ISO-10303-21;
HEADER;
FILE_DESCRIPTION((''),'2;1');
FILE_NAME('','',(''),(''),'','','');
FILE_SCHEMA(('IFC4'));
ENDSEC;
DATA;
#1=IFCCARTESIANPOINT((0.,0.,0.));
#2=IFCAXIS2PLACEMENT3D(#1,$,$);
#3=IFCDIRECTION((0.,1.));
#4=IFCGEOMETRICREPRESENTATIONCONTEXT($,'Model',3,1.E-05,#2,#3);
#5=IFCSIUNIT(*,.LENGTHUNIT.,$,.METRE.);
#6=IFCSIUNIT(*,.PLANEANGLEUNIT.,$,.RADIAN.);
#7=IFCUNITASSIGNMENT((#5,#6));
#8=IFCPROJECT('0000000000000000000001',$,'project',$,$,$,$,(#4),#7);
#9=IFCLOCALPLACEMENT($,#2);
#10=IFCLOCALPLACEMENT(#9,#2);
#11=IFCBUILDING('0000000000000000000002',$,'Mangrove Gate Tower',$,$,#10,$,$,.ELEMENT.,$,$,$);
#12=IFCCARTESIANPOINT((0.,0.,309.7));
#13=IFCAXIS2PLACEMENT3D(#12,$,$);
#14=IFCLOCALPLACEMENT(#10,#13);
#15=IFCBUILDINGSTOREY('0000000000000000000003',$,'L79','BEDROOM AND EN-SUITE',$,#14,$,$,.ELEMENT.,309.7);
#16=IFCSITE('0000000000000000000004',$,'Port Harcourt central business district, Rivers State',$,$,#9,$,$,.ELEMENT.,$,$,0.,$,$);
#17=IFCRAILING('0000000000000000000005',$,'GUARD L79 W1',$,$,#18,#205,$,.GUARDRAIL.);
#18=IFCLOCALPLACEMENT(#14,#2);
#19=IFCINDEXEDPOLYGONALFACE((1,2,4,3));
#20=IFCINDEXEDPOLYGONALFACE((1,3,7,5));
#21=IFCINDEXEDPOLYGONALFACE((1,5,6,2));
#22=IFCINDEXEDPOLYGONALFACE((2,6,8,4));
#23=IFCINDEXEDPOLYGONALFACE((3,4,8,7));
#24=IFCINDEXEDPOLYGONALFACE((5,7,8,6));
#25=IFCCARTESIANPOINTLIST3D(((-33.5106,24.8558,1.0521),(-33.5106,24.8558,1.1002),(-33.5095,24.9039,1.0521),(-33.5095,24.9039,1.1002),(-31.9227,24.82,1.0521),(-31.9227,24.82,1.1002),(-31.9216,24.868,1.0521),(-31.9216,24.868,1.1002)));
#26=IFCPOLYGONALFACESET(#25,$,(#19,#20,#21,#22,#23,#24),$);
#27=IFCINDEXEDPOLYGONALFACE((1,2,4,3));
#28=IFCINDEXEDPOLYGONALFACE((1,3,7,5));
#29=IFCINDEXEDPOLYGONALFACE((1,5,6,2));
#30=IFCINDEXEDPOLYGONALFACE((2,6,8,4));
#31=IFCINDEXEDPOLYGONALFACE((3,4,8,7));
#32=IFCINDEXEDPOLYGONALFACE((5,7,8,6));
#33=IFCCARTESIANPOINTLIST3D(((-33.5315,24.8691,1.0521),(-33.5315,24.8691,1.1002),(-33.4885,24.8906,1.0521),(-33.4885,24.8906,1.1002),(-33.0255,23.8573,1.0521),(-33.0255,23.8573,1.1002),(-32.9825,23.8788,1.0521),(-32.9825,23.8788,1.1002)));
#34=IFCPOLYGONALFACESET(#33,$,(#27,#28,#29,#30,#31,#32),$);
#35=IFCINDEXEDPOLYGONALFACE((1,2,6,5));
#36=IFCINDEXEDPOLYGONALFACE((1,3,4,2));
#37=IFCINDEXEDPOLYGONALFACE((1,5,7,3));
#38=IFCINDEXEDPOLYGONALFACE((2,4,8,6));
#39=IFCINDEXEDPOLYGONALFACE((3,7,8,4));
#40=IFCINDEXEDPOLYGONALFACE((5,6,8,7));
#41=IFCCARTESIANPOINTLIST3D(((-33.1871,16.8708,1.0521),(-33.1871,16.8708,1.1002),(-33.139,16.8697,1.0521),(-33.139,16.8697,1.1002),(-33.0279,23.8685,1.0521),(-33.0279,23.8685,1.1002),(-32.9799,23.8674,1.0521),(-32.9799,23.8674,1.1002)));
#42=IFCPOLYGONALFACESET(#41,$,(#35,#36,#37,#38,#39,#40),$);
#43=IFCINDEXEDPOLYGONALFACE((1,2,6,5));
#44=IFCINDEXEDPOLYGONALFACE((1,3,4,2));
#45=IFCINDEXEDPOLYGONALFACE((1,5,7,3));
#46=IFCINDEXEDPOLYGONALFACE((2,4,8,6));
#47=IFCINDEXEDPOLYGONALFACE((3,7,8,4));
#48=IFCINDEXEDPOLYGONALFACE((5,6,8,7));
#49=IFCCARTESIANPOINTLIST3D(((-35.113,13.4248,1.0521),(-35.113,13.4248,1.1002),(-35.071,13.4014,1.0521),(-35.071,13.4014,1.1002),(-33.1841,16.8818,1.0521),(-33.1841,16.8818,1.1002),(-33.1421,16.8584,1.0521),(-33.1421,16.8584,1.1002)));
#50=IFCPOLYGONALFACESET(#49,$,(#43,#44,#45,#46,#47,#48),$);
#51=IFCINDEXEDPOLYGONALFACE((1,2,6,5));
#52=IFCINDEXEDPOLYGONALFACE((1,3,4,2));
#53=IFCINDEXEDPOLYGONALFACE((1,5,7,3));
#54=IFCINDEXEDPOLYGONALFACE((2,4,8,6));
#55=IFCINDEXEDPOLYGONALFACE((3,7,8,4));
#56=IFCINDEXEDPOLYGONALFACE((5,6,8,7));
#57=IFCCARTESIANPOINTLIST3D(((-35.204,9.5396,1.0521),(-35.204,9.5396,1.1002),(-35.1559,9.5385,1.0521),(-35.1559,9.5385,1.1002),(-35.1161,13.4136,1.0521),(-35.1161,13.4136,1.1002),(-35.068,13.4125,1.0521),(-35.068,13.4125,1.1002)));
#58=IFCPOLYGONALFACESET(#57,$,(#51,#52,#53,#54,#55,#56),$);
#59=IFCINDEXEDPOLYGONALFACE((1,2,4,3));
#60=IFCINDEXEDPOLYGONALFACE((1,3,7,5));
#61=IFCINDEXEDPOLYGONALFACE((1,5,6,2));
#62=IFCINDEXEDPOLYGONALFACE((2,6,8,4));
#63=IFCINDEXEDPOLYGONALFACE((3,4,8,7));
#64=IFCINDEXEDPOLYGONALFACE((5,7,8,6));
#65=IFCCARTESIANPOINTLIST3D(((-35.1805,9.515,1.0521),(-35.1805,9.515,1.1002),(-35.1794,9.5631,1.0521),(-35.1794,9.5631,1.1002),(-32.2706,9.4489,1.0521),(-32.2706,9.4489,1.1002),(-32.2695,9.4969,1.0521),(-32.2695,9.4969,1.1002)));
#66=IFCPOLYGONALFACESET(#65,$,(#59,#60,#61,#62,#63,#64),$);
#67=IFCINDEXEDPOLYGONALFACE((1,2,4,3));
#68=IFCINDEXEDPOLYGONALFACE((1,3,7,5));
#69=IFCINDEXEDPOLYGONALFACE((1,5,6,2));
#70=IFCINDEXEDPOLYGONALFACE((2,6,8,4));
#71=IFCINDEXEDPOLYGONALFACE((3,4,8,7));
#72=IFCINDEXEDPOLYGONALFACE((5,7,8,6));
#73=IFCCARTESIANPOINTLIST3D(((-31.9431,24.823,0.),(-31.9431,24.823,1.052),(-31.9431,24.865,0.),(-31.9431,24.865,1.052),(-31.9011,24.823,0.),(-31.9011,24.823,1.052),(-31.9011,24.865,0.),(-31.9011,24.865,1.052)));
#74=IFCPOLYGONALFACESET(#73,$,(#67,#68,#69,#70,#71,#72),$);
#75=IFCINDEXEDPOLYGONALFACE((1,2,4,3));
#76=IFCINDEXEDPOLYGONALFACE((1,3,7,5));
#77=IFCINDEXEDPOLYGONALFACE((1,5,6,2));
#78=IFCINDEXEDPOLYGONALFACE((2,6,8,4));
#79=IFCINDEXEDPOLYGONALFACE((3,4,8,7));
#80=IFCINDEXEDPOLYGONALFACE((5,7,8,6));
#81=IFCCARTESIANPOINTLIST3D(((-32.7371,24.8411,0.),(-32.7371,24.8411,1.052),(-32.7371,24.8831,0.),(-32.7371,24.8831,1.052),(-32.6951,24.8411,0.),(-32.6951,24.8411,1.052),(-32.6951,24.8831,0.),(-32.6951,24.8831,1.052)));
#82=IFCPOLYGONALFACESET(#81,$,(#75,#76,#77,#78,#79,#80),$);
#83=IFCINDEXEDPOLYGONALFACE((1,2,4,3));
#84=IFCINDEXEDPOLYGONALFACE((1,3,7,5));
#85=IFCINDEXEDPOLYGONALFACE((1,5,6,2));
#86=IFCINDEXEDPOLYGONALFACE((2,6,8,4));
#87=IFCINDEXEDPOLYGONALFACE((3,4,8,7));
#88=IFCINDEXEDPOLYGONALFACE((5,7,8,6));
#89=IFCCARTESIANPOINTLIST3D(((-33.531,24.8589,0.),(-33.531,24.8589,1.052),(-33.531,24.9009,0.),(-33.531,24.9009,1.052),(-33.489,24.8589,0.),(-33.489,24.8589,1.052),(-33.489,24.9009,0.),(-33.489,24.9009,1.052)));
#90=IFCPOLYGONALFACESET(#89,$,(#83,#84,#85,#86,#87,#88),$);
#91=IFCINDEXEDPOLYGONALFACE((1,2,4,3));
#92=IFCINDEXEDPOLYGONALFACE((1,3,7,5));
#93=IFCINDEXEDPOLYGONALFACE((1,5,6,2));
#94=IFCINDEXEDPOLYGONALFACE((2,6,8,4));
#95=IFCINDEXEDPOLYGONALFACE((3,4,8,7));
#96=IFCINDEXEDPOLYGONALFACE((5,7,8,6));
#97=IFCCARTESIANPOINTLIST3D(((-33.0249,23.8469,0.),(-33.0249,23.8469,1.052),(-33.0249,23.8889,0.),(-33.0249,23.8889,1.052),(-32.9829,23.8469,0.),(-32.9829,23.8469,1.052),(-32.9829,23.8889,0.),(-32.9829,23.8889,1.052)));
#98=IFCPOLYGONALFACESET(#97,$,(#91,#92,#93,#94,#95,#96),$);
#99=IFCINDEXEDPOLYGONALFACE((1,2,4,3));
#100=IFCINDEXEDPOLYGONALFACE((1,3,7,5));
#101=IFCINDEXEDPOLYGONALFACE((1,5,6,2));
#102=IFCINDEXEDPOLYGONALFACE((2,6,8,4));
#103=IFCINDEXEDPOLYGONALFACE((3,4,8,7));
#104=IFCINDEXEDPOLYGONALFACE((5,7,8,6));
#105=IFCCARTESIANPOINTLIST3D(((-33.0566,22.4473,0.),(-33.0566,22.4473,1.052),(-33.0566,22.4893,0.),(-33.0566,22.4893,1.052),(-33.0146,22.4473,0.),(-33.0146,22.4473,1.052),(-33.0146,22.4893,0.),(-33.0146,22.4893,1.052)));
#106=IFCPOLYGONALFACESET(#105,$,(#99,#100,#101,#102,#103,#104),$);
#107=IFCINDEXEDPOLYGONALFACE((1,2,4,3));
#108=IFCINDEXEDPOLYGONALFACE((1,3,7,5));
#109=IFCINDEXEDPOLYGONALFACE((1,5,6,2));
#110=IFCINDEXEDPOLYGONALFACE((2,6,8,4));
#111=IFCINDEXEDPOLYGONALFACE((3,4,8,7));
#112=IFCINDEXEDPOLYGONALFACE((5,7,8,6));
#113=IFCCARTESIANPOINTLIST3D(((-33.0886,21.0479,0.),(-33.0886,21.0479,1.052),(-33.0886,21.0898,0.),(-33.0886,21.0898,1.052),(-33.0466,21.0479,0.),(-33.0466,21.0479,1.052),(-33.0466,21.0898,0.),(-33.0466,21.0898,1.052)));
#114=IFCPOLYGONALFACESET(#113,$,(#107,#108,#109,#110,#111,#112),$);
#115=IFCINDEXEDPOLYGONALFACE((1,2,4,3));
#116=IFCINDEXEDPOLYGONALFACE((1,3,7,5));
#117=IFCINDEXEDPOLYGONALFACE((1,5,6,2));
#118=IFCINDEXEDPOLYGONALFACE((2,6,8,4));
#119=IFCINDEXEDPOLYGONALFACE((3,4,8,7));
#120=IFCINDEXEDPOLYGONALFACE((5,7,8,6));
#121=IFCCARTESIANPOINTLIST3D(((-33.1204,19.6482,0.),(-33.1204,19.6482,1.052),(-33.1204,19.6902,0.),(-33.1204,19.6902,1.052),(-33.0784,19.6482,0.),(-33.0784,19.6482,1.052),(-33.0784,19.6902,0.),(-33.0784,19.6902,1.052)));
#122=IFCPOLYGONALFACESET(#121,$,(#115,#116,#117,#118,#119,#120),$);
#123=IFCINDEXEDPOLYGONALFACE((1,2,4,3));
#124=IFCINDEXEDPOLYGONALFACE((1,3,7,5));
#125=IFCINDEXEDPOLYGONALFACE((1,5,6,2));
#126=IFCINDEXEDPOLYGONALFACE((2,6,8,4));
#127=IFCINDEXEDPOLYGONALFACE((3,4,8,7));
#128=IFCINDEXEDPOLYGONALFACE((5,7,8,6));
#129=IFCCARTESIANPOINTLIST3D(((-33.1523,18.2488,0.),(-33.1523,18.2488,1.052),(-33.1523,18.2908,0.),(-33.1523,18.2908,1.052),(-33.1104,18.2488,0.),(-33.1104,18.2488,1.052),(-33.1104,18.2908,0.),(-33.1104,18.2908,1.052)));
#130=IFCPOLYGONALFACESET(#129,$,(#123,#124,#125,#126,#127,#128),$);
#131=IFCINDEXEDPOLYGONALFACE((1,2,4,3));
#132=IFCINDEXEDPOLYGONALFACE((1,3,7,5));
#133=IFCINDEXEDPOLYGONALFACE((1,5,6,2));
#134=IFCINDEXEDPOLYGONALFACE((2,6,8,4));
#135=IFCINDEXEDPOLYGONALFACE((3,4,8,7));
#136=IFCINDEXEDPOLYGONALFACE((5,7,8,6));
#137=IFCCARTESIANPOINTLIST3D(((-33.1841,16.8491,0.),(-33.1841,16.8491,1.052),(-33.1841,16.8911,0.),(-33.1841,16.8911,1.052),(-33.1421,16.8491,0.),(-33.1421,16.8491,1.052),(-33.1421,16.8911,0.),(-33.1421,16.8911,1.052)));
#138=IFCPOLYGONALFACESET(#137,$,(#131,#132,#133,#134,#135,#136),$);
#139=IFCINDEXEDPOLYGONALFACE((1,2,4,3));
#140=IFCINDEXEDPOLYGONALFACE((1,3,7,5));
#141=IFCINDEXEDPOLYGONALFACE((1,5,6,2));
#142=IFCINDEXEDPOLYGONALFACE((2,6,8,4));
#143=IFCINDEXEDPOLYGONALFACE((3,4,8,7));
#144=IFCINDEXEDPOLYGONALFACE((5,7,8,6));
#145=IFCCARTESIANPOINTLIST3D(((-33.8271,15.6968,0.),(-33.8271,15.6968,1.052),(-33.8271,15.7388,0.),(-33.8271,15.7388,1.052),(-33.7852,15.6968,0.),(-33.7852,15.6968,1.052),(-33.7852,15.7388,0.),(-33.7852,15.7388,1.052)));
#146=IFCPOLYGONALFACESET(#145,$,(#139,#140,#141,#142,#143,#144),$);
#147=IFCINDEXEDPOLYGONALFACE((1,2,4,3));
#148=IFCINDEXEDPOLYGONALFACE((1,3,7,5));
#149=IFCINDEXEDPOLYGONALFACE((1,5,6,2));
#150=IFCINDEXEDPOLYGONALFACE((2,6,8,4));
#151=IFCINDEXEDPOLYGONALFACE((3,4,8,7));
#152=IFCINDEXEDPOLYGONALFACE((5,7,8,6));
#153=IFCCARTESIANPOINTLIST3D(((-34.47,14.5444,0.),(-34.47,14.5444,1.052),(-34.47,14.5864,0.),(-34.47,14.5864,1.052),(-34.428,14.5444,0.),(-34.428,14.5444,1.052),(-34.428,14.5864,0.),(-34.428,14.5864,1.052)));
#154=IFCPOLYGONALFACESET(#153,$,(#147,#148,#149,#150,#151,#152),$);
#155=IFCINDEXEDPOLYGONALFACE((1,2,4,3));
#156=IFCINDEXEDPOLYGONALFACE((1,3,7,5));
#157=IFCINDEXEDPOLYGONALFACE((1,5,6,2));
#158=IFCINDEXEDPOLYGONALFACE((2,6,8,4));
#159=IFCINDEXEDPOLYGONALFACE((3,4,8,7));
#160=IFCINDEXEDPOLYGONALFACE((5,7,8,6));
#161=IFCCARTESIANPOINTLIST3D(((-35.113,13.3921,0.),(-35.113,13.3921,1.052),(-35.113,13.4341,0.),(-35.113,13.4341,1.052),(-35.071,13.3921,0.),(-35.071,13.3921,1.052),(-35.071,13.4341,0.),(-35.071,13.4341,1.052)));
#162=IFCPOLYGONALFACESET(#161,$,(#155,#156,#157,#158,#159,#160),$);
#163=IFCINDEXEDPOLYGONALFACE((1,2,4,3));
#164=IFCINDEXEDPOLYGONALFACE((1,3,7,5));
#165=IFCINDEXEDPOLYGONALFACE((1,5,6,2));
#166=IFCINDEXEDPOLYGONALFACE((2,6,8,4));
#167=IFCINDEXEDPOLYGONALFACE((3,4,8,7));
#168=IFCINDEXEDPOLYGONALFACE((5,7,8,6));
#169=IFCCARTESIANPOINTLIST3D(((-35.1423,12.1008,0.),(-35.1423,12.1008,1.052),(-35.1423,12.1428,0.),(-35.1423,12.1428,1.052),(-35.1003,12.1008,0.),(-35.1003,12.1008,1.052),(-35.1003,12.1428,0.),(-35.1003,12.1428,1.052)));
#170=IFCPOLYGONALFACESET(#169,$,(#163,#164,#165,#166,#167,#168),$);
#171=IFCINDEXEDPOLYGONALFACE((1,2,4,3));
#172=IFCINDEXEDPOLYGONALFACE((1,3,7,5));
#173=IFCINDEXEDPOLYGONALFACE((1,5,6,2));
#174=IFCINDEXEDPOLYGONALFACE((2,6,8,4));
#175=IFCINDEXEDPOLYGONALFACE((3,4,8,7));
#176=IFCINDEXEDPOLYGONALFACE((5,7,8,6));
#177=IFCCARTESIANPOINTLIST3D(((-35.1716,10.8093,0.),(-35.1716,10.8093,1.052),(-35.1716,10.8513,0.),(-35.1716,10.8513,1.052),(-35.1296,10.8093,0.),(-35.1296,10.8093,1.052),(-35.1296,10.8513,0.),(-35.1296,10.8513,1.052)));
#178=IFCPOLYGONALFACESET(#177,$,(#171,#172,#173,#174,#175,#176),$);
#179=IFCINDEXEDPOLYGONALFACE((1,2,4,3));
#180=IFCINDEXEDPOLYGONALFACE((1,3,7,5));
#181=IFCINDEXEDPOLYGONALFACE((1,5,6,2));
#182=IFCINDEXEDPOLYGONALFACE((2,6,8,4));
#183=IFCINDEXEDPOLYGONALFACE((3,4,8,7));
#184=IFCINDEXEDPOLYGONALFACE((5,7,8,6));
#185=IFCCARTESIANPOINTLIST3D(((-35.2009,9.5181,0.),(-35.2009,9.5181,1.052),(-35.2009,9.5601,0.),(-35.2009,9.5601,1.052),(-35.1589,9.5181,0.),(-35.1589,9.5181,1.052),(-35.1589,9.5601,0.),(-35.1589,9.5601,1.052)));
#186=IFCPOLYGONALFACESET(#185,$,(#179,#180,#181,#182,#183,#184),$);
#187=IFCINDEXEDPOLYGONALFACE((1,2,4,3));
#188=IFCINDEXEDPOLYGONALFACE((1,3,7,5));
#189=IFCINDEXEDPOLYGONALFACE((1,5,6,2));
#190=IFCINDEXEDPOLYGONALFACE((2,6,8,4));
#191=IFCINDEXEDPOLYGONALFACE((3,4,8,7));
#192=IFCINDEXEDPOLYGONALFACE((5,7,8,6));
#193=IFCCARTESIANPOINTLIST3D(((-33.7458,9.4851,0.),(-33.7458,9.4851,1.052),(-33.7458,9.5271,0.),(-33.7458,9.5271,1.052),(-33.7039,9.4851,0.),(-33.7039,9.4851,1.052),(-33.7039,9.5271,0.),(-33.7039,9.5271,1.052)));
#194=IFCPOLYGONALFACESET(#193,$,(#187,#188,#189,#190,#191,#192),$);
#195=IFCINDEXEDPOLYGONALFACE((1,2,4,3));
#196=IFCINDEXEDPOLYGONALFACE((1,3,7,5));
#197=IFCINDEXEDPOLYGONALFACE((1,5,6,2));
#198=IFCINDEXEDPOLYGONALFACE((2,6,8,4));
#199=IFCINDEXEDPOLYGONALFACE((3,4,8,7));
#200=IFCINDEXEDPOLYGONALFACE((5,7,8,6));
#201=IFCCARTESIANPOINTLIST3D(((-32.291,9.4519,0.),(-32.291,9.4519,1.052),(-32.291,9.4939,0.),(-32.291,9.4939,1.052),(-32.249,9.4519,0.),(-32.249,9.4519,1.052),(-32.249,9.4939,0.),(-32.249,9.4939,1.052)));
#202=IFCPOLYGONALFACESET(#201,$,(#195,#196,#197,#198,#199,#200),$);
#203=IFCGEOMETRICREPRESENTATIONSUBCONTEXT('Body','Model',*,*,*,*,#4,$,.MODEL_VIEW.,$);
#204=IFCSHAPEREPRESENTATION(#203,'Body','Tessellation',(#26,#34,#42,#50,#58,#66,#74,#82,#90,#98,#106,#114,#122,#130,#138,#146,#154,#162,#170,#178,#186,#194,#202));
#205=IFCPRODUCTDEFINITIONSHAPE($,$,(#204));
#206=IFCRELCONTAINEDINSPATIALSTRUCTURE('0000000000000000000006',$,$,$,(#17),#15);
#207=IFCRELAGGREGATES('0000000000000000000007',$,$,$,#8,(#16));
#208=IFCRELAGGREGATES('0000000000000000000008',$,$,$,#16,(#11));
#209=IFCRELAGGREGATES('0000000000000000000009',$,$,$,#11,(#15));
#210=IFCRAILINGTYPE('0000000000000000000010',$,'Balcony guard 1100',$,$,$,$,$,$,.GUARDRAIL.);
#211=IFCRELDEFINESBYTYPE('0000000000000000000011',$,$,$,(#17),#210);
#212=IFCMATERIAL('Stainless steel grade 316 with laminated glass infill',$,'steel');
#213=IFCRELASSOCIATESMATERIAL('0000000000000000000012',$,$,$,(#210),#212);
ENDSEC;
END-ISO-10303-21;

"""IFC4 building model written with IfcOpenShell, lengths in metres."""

from ifc_helpers import new_model, si_unit, direction, frame, origin, origin_2d, place, context, subcontext, project, spatial, rectangle, extrude, material, type_object, element, save


model = new_model("IFC4")

# Units and contexts
model_context = context("Model", 3, precision=1e-05, world=origin(), true_north=direction((0.0, 1.0)))
body_context = subcontext(model_context, "Body", "Model", "MODEL_VIEW")
ifc_project = project(units=[si_unit("LENGTHUNIT", "METRE"), si_unit("PLANEANGLEUNIT", "RADIAN")], contexts=[model_context])

# Site, building, storey
site_placement = place(None, origin())
site = spatial("IfcSite", under=ifc_project, at=site_placement, Name="Port Harcourt central business district, Rivers State", CompositionType="ELEMENT", RefElevation=0.0)
building_placement = place(site_placement, origin())
building = spatial("IfcBuilding", under=site, at=building_placement, Name="Mangrove Gate Tower", CompositionType="ELEMENT")
storey_placement = place(building_placement, frame((0.0, 0.0, 309.7)))
storey = spatial("IfcBuildingStorey", under=building, at=storey_placement, Name="L79", Description="BEDROOM AND EN-SUITE", CompositionType="ELEMENT", Elevation=309.7)

# Railing
ifc_material_1 = material(Name="Stainless steel grade 316 with laminated glass infill", Category="steel")
railing_type = type_object("IfcRailingType", Name="Balcony guard 1100", PredefinedType="GUARDRAIL", material=ifc_material_1)
railing_placement = place(storey_placement, frame((-31.9221, 24.844, 0.0)))
element("IfcRailing", 1, at=railing_placement, inside=storey, type_object=railing_type, Name="GUARD L79 W1", PredefinedType="GUARDRAIL", context=body_context, shape_type="SweptSolid", body=[
    extrude(rectangle(XDim=0.0481, YDim=0.0481, at=origin_2d()), frame((0.0, 0.0, 1.0762), z_axis=(-0.999745, 0.022596, 0.0), x_axis=(-0.022596, -0.999745, 0.0)), (0.0, 0.0, 1.0), 1.5884),
    extrude(rectangle(XDim=0.0481, YDim=0.0481, at=origin_2d()), frame((-1.5879, 0.0359, 1.0762), z_axis=(0.4473, -0.894384, 0.0), x_axis=(0.894384, 0.4473, 0.0)), (0.0, 0.0, 1.0), 1.1313),
    extrude(rectangle(XDim=0.0481, YDim=0.0481, at=origin_2d()), frame((-1.0818, -0.9761, 1.0762), z_axis=(-0.022741, -0.999741, 0.0), x_axis=(0.999741, -0.022741, 0.0)), (0.0, 0.0, 1.0), 6.9995),
    extrude(rectangle(XDim=0.0481, YDim=0.0481, at=origin_2d()), frame((-1.241, -7.9739, 1.0762), z_axis=(-0.48726, -0.873257, 0.0), x_axis=(0.873257, -0.48726, 0.0)), (0.0, 0.0, 1.0), 3.9587),
    extrude(rectangle(XDim=0.0481, YDim=0.0481, at=origin_2d()), frame((-3.1699, -11.4309, 1.0762), z_axis=(-0.022681, -0.999743, 0.0), x_axis=(0.999743, -0.022681, 0.0)), (0.0, 0.0, 1.0), 3.875),
    extrude(rectangle(XDim=0.0481, YDim=0.0481, at=origin_2d()), frame((-3.2578, -15.3049, 1.0762), z_axis=(0.999742, -0.022731, 0.0), x_axis=(0.022731, 0.999742, 0.0)), (0.0, 0.0, 1.0), 2.9106),
    extrude(rectangle(XDim=0.042, YDim=0.042, at=origin_2d()), origin(), (0.0, 0.0, 1.0), 1.052),
    extrude(rectangle(XDim=0.042, YDim=0.042, at=origin_2d()), frame((-0.7939, 0.0181, 0.0)), (0.0, 0.0, 1.0), 1.052),
    extrude(rectangle(XDim=0.042, YDim=0.042, at=origin_2d()), frame((-1.5879, 0.0359, 0.0)), (0.0, 0.0, 1.0), 1.052),
    extrude(rectangle(XDim=0.042, YDim=0.042, at=origin_2d()), frame((-1.0818, -0.9761, 0.0)), (0.0, 0.0, 1.0), 1.052),
    extrude(rectangle(XDim=0.042, YDim=0.042, at=origin_2d()), frame((-1.1135, -2.3757, 0.0)), (0.0, 0.0, 1.0), 1.052),
    extrude(rectangle(XDim=0.042, YDim=0.042, at=origin_2d()), frame((-1.1455, -3.7751, 0.0)), (0.0, 0.0, 1.0), 1.052),
    extrude(rectangle(XDim=0.042, YDim=0.042, at=origin_2d()), frame((-1.1772, -5.1748, 0.0)), (0.0, 0.0, 1.0), 1.052),
    extrude(rectangle(XDim=0.042, YDim=0.042, at=origin_2d()), frame((-1.2092, -6.5742, 0.0)), (0.0, 0.0, 1.0), 1.052),
    extrude(rectangle(XDim=0.042, YDim=0.042, at=origin_2d()), frame((-1.241, -7.9739, 0.0)), (0.0, 0.0, 1.0), 1.052),
    extrude(rectangle(XDim=0.042, YDim=0.042, at=origin_2d()), frame((-1.884, -9.1262, 0.0)), (0.0, 0.0, 1.0), 1.052),
    extrude(rectangle(XDim=0.042, YDim=0.042, at=origin_2d()), frame((-2.5269, -10.2786, 0.0)), (0.0, 0.0, 1.0), 1.052),
    extrude(rectangle(XDim=0.042, YDim=0.042, at=origin_2d()), frame((-3.1699, -11.4309, 0.0)), (0.0, 0.0, 1.0), 1.052),
    extrude(rectangle(XDim=0.042, YDim=0.042, at=origin_2d()), frame((-3.1992, -12.7222, 0.0)), (0.0, 0.0, 1.0), 1.052),
    extrude(rectangle(XDim=0.042, YDim=0.042, at=origin_2d()), frame((-3.2285, -14.0137, 0.0)), (0.0, 0.0, 1.0), 1.052),
    extrude(rectangle(XDim=0.042, YDim=0.042, at=origin_2d()), frame((-3.2578, -15.3049, 0.0)), (0.0, 0.0, 1.0), 1.052),
    extrude(rectangle(XDim=0.042, YDim=0.042, at=origin_2d()), frame((-1.8027, -15.3379, 0.0)), (0.0, 0.0, 1.0), 1.052),
    extrude(rectangle(XDim=0.042, YDim=0.042, at=origin_2d()), frame((-0.3479, -15.3711, 0.0)), (0.0, 0.0, 1.0), 1.052),
])

save(model, "model.ifc")
